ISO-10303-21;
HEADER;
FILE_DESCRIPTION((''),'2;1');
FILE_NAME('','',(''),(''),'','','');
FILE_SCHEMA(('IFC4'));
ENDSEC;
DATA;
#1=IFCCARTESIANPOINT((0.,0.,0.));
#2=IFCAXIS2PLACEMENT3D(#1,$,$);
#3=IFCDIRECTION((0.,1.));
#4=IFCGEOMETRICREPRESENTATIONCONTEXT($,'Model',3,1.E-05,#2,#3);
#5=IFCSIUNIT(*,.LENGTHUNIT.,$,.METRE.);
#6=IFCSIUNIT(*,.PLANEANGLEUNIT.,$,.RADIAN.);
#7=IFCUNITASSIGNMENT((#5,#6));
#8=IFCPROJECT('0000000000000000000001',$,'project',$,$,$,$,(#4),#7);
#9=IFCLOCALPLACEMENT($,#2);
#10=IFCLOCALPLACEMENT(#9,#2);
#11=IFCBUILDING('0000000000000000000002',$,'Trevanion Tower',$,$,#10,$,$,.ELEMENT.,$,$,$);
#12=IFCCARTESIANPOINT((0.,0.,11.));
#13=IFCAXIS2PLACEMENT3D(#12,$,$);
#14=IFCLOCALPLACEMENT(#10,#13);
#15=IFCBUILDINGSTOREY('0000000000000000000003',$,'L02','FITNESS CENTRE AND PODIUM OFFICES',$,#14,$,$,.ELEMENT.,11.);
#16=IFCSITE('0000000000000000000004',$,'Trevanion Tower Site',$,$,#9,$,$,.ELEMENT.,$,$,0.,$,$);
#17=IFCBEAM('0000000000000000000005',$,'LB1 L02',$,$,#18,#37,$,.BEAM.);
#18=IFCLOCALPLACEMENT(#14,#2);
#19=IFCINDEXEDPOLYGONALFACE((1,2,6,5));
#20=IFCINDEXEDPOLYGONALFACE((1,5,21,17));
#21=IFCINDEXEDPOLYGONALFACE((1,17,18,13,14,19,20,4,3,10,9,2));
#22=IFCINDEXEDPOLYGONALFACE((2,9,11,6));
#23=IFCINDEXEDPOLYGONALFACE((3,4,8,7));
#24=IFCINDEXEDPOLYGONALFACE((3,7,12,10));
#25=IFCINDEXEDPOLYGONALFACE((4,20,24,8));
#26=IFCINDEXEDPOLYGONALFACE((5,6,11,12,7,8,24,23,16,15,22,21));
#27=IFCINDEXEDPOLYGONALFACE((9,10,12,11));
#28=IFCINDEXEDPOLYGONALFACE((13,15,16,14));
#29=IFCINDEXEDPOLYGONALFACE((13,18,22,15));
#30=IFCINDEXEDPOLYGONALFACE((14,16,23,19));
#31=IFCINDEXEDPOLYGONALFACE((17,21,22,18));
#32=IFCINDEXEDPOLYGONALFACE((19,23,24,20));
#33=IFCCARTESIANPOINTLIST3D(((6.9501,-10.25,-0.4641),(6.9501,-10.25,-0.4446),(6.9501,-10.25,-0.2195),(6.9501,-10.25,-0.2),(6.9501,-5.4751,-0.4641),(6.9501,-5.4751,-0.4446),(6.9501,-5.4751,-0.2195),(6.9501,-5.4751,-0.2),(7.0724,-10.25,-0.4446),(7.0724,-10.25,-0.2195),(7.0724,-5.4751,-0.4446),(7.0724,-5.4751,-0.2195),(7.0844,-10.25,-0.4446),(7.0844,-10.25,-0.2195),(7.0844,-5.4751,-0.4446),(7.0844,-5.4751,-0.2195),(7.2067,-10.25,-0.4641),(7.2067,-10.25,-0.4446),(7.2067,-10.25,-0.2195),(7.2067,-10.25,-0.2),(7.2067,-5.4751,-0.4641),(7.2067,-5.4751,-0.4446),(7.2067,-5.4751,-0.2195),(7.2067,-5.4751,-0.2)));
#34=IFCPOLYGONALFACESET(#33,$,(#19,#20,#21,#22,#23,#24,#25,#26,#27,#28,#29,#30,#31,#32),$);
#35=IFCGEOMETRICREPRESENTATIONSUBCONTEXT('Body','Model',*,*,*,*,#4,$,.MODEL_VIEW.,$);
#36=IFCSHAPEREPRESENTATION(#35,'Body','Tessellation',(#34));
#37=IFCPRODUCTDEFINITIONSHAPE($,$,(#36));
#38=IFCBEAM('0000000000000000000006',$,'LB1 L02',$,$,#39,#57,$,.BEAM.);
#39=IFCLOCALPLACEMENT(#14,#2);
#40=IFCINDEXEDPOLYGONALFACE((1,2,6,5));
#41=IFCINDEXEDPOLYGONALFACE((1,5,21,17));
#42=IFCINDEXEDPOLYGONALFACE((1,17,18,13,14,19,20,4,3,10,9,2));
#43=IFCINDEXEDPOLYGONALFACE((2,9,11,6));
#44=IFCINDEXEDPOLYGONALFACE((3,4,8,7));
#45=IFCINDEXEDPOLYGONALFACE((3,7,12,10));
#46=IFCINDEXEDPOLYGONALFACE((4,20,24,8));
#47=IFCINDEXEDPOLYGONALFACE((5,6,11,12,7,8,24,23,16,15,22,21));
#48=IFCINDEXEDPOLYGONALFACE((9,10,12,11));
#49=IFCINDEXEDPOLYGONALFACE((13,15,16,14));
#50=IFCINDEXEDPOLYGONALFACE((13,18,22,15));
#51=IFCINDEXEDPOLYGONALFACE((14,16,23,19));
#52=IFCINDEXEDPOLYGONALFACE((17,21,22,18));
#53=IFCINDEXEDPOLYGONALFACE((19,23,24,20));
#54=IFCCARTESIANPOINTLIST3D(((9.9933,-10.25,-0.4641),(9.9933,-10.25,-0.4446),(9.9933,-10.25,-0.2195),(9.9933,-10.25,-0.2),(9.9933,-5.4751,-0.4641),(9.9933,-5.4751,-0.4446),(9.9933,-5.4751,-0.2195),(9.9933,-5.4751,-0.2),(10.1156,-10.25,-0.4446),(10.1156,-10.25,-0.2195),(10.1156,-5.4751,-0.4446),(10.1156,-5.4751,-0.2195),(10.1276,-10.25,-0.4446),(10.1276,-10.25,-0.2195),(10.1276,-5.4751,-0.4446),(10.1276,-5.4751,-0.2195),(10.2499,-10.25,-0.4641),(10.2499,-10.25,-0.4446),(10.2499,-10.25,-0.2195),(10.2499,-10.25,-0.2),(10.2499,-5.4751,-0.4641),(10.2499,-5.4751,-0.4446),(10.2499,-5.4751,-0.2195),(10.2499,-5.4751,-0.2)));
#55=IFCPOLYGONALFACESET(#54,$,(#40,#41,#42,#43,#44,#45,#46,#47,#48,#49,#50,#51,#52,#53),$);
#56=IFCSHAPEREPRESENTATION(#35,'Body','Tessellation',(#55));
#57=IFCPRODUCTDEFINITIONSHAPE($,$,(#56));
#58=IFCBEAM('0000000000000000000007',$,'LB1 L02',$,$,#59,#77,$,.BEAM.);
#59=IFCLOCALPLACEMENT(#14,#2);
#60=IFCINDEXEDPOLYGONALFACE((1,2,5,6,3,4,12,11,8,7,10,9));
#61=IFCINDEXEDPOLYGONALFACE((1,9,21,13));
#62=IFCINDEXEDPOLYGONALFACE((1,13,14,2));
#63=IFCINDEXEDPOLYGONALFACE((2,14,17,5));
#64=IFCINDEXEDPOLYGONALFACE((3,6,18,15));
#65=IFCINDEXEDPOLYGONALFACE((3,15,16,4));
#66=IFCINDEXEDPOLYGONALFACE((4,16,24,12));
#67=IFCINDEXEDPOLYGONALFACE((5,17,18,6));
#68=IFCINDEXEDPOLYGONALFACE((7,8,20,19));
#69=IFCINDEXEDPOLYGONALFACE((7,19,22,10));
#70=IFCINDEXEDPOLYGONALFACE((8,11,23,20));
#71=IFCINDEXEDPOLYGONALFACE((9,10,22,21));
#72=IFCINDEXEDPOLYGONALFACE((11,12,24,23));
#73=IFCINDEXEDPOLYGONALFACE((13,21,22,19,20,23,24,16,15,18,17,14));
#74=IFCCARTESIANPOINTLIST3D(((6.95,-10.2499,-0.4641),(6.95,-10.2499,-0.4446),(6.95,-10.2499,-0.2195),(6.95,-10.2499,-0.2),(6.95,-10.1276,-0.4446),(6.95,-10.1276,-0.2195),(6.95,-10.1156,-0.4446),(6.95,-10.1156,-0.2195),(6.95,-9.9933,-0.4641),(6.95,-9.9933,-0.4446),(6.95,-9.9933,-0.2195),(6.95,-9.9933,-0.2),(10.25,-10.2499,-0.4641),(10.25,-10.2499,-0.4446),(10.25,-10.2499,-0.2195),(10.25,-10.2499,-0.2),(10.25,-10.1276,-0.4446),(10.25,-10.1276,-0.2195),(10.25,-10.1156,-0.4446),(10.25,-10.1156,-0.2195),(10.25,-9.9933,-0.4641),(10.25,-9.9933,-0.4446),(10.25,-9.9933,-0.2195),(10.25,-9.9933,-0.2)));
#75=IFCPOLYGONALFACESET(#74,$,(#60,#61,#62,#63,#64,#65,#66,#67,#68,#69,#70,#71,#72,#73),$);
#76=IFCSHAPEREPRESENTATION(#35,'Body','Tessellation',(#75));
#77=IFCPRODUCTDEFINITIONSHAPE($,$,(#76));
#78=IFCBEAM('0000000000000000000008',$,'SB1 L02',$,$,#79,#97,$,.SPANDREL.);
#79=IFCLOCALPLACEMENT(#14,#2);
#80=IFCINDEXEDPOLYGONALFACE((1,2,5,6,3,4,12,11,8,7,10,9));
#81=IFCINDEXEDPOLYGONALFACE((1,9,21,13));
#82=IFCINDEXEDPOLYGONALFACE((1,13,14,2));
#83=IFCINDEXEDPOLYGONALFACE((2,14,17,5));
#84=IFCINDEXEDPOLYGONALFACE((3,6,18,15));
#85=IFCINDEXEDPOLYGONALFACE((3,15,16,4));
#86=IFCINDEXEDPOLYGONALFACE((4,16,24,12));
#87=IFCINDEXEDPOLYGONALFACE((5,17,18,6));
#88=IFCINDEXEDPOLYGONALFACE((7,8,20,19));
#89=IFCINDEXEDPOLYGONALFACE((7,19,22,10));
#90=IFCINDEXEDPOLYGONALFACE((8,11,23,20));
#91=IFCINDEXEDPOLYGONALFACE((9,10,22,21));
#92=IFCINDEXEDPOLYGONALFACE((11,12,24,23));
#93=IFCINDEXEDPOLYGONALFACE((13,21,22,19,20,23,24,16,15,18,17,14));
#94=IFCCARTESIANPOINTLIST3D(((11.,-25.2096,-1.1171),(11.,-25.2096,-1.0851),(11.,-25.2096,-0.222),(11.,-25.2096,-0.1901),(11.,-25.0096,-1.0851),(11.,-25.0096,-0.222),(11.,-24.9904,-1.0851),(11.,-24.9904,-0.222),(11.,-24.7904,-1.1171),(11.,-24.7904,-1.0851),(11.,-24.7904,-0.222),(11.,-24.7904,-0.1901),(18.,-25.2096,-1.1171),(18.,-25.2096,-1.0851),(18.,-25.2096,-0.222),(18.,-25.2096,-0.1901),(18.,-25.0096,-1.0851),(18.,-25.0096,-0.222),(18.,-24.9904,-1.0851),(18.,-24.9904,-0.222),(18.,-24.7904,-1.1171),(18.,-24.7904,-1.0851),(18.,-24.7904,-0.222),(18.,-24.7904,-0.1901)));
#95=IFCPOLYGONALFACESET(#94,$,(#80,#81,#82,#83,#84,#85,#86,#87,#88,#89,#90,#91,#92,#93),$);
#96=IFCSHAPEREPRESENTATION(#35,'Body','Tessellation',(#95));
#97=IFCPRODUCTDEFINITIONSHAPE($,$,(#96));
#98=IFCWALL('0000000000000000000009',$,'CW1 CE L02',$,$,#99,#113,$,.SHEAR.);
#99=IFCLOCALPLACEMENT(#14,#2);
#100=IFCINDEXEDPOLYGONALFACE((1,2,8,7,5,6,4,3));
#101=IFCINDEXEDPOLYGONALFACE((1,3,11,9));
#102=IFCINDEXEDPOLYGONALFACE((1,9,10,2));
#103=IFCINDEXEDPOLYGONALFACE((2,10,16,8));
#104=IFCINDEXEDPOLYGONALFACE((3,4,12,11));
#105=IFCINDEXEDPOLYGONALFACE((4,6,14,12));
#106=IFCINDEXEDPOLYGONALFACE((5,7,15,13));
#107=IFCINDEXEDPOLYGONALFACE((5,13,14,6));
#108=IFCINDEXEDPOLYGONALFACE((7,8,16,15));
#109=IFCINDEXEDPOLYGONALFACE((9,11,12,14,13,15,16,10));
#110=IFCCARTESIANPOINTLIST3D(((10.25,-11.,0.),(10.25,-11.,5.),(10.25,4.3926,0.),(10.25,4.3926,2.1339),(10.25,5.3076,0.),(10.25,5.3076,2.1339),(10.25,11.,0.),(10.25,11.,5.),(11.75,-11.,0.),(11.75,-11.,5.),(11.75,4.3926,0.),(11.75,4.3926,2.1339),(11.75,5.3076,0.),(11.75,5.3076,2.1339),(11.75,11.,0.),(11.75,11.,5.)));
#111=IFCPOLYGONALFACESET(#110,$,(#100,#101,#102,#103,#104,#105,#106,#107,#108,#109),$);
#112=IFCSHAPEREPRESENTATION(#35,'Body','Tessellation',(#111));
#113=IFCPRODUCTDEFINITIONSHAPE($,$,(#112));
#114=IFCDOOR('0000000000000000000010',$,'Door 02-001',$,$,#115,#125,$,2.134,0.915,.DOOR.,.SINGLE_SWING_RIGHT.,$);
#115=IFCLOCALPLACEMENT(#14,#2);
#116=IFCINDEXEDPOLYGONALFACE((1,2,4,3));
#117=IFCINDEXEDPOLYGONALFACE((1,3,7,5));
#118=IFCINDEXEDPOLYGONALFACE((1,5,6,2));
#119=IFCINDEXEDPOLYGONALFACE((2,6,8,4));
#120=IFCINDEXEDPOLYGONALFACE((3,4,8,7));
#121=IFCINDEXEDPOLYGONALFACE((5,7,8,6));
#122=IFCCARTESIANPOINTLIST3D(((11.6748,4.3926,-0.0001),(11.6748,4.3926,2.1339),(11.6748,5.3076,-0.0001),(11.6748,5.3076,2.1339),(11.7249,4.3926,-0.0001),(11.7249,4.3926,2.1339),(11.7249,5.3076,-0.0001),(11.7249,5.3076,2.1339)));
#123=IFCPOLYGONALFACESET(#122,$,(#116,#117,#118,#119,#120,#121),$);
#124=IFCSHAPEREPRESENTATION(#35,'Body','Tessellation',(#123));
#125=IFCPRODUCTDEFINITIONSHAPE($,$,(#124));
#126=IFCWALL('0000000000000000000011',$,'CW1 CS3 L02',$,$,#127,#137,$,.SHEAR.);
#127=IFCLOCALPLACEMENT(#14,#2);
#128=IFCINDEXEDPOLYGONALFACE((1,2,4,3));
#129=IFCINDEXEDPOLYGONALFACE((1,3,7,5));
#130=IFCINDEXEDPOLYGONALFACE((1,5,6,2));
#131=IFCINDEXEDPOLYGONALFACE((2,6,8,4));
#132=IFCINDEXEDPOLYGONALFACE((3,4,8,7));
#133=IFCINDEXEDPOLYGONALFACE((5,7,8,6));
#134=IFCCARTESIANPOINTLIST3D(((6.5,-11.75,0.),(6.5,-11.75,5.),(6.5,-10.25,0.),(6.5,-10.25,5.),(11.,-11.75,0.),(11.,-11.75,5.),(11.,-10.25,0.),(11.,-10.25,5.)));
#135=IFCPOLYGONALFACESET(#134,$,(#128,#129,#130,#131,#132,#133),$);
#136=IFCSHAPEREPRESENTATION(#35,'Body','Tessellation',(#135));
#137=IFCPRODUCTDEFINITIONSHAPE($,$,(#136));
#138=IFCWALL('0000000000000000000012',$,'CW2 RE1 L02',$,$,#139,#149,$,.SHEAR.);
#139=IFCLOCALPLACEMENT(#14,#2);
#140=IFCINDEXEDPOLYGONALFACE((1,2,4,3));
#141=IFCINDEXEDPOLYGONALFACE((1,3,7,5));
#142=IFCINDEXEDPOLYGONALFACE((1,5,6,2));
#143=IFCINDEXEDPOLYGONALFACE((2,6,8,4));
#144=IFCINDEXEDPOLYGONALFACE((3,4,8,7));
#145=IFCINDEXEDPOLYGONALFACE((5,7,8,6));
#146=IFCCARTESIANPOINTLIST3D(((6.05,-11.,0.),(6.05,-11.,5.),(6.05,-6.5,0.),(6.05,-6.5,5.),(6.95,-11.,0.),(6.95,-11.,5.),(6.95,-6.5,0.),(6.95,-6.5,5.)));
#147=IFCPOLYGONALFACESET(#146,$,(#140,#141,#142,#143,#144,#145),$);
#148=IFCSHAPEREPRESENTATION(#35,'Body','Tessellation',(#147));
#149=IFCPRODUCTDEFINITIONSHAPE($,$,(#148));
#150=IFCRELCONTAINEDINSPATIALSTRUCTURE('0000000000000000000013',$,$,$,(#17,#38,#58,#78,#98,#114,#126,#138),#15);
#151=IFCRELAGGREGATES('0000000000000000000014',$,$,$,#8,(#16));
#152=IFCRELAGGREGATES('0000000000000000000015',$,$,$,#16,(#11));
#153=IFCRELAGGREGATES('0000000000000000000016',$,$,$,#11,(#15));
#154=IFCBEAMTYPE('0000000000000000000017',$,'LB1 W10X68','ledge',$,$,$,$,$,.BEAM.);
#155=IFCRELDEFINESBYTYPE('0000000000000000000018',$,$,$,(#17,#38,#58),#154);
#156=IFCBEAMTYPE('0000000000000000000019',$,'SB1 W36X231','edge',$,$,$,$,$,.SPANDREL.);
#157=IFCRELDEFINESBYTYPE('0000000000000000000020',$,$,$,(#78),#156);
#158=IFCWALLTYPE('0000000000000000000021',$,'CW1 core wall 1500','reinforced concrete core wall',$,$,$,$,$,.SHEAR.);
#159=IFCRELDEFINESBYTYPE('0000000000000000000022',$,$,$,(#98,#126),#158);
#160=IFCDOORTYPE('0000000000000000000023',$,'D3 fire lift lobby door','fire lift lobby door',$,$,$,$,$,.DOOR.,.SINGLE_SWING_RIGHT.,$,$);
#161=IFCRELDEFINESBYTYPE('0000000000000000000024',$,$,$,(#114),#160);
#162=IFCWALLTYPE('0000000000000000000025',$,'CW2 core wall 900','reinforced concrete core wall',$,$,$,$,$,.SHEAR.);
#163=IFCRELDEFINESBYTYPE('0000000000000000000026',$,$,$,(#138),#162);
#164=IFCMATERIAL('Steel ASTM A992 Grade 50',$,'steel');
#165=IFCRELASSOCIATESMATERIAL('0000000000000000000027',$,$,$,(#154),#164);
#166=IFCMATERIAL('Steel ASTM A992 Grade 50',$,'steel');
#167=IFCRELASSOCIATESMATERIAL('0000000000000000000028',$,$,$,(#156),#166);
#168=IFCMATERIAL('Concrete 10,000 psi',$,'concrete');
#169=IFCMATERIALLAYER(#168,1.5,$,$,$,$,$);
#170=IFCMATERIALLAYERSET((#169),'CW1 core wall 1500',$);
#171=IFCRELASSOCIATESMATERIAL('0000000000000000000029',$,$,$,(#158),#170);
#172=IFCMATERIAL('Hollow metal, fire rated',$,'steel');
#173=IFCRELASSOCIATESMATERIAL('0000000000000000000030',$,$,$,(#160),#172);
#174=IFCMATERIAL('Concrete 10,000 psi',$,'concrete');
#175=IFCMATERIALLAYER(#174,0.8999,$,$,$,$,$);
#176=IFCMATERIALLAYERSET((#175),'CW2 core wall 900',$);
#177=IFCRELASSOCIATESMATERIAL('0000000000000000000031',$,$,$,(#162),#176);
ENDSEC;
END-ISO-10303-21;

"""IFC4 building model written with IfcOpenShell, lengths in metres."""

from ifc_helpers import new_model, si_unit, direction, frame, frame_2d, origin, origin_2d, place, context, subcontext, project, spatial, rectangle, i_section, extrude, material, layer, layer_set, material_profile, profile_set, type_object, element, fill, save


model = new_model("IFC4")

# Units and contexts
model_context = context("Model", 3, precision=1e-05, world=origin(), true_north=direction((0.0, 1.0)))
body_context = subcontext(model_context, "Body", "Model", "MODEL_VIEW")
ifc_project = project(units=[si_unit("LENGTHUNIT", "METRE"), si_unit("PLANEANGLEUNIT", "RADIAN")], contexts=[model_context])

# Site, building, storey
site_placement = place(None, origin())
site = spatial("IfcSite", under=ifc_project, at=site_placement, Name="Trevanion Tower Site", CompositionType="ELEMENT", RefElevation=0.0)
building_placement = place(site_placement, origin())
building = spatial("IfcBuilding", under=site, at=building_placement, Name="Trevanion Tower", CompositionType="ELEMENT")
storey_placement = place(building_placement, frame((0.0, 0.0, 11.0)))
storey = spatial("IfcBuildingStorey", under=building, at=storey_placement, Name="L02", Description="FITNESS CENTRE AND PODIUM OFFICES", CompositionType="ELEMENT", Elevation=11.0)

# Beams
ifc_material_1 = material(Name="Steel ASTM A992 Grade 50", Category="steel")
ifc_material_profile_1 = material_profile(ifc_material_1, i_section(OverallWidth=0.2566, OverallDepth=0.2642, WebThickness=0.012, FlangeThickness=0.0195, at=origin_2d()), Name="W10X68")
ifc_profile_set_1 = profile_set([ifc_material_profile_1], Name="Steel ASTM A992 Grade 50")
beam_type_1 = type_object("IfcBeamType", Name="LB1 W10X68", Description="ledge", PredefinedType="BEAM", material=ifc_profile_set_1)
for number, where, z_axis, x_axis, name in (
    (1, (7.0784, -10.25, -0.332), (0.0, 1.0, 0.0), (-1.0, 0.0, 0.0), "LB1 L02"),
    (2, (10.1216, -10.25, -0.332), (0.0, 1.0, 0.0), (-1.0, 0.0, 0.0), "LB1 L02"),
):
    element("IfcBeam", number, at=place(storey_placement, frame(where, z_axis=z_axis, x_axis=x_axis)), inside=storey, type_object=beam_type_1, Name=name, PredefinedType="BEAM", context=body_context, shape_type="SweptSolid", body=[
        extrude(i_section(OverallWidth=0.2566, OverallDepth=0.2642, WebThickness=0.012, FlangeThickness=0.0195, at=origin_2d()), origin(), (0.0, 0.0, 1.0), 4.7749),
    ])
beam_1_placement = place(storey_placement, frame((6.95, -10.1216, -0.332), z_axis=(1.0, 0.0, 0.0), x_axis=(0.0, 1.0, 0.0)))
element("IfcBeam", 3, at=beam_1_placement, inside=storey, type_object=beam_type_1, Name="LB1 L02", PredefinedType="BEAM", context=body_context, shape_type="SweptSolid", body=[
    extrude(i_section(OverallWidth=0.2566, OverallDepth=0.2642, WebThickness=0.012, FlangeThickness=0.0195, at=origin_2d()), origin(), (0.0, 0.0, 1.0), 3.3),
])
ifc_material_2 = material(Name="Steel ASTM A992 Grade 50", Category="steel")
ifc_material_profile_2 = material_profile(ifc_material_2, i_section(OverallWidth=0.4192, OverallDepth=0.927, WebThickness=0.0193, FlangeThickness=0.032, at=origin_2d()), Name="W36X231")
ifc_profile_set_2 = profile_set([ifc_material_profile_2], Name="Steel ASTM A992 Grade 50")
beam_type_2 = type_object("IfcBeamType", Name="SB1 W36X231", Description="edge", PredefinedType="SPANDREL", material=ifc_profile_set_2)
beam_2_placement = place(storey_placement, frame((11.0, -25.0, -0.6536), z_axis=(1.0, 0.0, 0.0), x_axis=(0.0, 1.0, 0.0)))
element("IfcBeam", 4, at=beam_2_placement, inside=storey, type_object=beam_type_2, Name="SB1 L02", PredefinedType="SPANDREL", context=body_context, shape_type="SweptSolid", body=[
    extrude(i_section(OverallWidth=0.4192, OverallDepth=0.927, WebThickness=0.0193, FlangeThickness=0.032, at=origin_2d()), origin(), (0.0, 0.0, 1.0), 7.0),
])

# Wall, opening, door
ifc_material_3 = material(Name="Concrete 10,000 psi", Category="concrete")
ifc_layer_1 = layer(ifc_material_3, 1.5)
ifc_layer_set_1 = layer_set([ifc_layer_1], Name="CW1 core wall 1500")
wall_type_1 = type_object("IfcWallType", Name="CW1 core wall 1500", Description="reinforced concrete core wall", PredefinedType="SHEAR", material=ifc_layer_set_1)
wall_1_placement = place(storey_placement, frame((11.0, -11.0, 0.0), z_axis=(0.0, 0.0, 1.0), x_axis=(0.0, 1.0, 0.0)))
wall_1 = element("IfcWall", 5, at=wall_1_placement, inside=storey, type_object=wall_type_1, Name="CW1 CE L02", PredefinedType="SHEAR", context=body_context, shape_type="SweptSolid", body=[
    extrude(rectangle(XDim=22.0, YDim=1.5, at=frame_2d((11.0, 0.0))), origin(), (0.0, 0.0, 1.0), 5.0),
])
opening_1_placement = place(wall_1_placement, frame((15.3926, 0.0, 0.0)))
opening_1 = element("IfcOpeningElement", 6, at=opening_1_placement, cuts=wall_1, PredefinedType="OPENING", context=body_context, shape_type="SweptSolid", body=[
    extrude(rectangle(XDim=0.915, YDim=2.134, at=frame_2d((0.4575, 1.0669))), frame((0.0, 0.76, 0.0), z_axis=(0.0, -1.0, 0.0), x_axis=(1.0, 0.0, 0.0)), (0.0, 0.0, 1.0), 1.52),
])
ifc_material_4 = material(Name="Hollow metal, fire rated", Category="steel")
door_type_1 = type_object("IfcDoorType", Name="D3 fire lift lobby door", Description="fire lift lobby door", OperationType="SINGLE_SWING_RIGHT", PredefinedType="DOOR", material=ifc_material_4)
door_1_placement = place(opening_1_placement, origin())
door_1 = element("IfcDoor", 7, at=door_1_placement, inside=storey, type_object=door_type_1, Name="Door 02-001", OperationType="SINGLE_SWING_RIGHT", OverallHeight=2.134, OverallWidth=0.915, PredefinedType="DOOR", context=body_context, shape_type="SweptSolid", body=[
    extrude(rectangle(XDim=0.915, YDim=2.134, at=frame_2d((0.4575, 1.0669))), frame((0.0, -0.6748, 0.0), z_axis=(0.0, -1.0, 0.0), x_axis=(1.0, 0.0, 0.0)), (0.0, 0.0, 1.0), 0.05),
])
fill(opening_1, door_1)

# Walls
wall_2_placement = place(storey_placement, frame((6.5, -11.0, 0.0), z_axis=(0.0, 0.0, 1.0), x_axis=(1.0, 0.0, 0.0)))
element("IfcWall", 8, at=wall_2_placement, inside=storey, type_object=wall_type_1, Name="CW1 CS3 L02", PredefinedType="SHEAR", context=body_context, shape_type="SweptSolid", body=[
    extrude(rectangle(XDim=4.5, YDim=1.5, at=frame_2d((2.25, 0.0))), origin(), (0.0, 0.0, 1.0), 5.0),
])
ifc_material_5 = material(Name="Concrete 10,000 psi", Category="concrete")
ifc_layer_2 = layer(ifc_material_5, 0.8999)
ifc_layer_set_2 = layer_set([ifc_layer_2], Name="CW2 core wall 900")
wall_type_2 = type_object("IfcWallType", Name="CW2 core wall 900", Description="reinforced concrete core wall", PredefinedType="SHEAR", material=ifc_layer_set_2)
wall_3_placement = place(storey_placement, frame((6.5, -11.0, 0.0), z_axis=(0.0, 0.0, 1.0), x_axis=(0.0, 1.0, 0.0)))
element("IfcWall", 9, at=wall_3_placement, inside=storey, type_object=wall_type_2, Name="CW2 RE1 L02", PredefinedType="SHEAR", context=body_context, shape_type="SweptSolid", body=[
    extrude(rectangle(XDim=4.5, YDim=0.8999, at=frame_2d((2.25, 0.0))), origin(), (0.0, 0.0, 1.0), 5.0),
])

save(model, "model.ifc")
